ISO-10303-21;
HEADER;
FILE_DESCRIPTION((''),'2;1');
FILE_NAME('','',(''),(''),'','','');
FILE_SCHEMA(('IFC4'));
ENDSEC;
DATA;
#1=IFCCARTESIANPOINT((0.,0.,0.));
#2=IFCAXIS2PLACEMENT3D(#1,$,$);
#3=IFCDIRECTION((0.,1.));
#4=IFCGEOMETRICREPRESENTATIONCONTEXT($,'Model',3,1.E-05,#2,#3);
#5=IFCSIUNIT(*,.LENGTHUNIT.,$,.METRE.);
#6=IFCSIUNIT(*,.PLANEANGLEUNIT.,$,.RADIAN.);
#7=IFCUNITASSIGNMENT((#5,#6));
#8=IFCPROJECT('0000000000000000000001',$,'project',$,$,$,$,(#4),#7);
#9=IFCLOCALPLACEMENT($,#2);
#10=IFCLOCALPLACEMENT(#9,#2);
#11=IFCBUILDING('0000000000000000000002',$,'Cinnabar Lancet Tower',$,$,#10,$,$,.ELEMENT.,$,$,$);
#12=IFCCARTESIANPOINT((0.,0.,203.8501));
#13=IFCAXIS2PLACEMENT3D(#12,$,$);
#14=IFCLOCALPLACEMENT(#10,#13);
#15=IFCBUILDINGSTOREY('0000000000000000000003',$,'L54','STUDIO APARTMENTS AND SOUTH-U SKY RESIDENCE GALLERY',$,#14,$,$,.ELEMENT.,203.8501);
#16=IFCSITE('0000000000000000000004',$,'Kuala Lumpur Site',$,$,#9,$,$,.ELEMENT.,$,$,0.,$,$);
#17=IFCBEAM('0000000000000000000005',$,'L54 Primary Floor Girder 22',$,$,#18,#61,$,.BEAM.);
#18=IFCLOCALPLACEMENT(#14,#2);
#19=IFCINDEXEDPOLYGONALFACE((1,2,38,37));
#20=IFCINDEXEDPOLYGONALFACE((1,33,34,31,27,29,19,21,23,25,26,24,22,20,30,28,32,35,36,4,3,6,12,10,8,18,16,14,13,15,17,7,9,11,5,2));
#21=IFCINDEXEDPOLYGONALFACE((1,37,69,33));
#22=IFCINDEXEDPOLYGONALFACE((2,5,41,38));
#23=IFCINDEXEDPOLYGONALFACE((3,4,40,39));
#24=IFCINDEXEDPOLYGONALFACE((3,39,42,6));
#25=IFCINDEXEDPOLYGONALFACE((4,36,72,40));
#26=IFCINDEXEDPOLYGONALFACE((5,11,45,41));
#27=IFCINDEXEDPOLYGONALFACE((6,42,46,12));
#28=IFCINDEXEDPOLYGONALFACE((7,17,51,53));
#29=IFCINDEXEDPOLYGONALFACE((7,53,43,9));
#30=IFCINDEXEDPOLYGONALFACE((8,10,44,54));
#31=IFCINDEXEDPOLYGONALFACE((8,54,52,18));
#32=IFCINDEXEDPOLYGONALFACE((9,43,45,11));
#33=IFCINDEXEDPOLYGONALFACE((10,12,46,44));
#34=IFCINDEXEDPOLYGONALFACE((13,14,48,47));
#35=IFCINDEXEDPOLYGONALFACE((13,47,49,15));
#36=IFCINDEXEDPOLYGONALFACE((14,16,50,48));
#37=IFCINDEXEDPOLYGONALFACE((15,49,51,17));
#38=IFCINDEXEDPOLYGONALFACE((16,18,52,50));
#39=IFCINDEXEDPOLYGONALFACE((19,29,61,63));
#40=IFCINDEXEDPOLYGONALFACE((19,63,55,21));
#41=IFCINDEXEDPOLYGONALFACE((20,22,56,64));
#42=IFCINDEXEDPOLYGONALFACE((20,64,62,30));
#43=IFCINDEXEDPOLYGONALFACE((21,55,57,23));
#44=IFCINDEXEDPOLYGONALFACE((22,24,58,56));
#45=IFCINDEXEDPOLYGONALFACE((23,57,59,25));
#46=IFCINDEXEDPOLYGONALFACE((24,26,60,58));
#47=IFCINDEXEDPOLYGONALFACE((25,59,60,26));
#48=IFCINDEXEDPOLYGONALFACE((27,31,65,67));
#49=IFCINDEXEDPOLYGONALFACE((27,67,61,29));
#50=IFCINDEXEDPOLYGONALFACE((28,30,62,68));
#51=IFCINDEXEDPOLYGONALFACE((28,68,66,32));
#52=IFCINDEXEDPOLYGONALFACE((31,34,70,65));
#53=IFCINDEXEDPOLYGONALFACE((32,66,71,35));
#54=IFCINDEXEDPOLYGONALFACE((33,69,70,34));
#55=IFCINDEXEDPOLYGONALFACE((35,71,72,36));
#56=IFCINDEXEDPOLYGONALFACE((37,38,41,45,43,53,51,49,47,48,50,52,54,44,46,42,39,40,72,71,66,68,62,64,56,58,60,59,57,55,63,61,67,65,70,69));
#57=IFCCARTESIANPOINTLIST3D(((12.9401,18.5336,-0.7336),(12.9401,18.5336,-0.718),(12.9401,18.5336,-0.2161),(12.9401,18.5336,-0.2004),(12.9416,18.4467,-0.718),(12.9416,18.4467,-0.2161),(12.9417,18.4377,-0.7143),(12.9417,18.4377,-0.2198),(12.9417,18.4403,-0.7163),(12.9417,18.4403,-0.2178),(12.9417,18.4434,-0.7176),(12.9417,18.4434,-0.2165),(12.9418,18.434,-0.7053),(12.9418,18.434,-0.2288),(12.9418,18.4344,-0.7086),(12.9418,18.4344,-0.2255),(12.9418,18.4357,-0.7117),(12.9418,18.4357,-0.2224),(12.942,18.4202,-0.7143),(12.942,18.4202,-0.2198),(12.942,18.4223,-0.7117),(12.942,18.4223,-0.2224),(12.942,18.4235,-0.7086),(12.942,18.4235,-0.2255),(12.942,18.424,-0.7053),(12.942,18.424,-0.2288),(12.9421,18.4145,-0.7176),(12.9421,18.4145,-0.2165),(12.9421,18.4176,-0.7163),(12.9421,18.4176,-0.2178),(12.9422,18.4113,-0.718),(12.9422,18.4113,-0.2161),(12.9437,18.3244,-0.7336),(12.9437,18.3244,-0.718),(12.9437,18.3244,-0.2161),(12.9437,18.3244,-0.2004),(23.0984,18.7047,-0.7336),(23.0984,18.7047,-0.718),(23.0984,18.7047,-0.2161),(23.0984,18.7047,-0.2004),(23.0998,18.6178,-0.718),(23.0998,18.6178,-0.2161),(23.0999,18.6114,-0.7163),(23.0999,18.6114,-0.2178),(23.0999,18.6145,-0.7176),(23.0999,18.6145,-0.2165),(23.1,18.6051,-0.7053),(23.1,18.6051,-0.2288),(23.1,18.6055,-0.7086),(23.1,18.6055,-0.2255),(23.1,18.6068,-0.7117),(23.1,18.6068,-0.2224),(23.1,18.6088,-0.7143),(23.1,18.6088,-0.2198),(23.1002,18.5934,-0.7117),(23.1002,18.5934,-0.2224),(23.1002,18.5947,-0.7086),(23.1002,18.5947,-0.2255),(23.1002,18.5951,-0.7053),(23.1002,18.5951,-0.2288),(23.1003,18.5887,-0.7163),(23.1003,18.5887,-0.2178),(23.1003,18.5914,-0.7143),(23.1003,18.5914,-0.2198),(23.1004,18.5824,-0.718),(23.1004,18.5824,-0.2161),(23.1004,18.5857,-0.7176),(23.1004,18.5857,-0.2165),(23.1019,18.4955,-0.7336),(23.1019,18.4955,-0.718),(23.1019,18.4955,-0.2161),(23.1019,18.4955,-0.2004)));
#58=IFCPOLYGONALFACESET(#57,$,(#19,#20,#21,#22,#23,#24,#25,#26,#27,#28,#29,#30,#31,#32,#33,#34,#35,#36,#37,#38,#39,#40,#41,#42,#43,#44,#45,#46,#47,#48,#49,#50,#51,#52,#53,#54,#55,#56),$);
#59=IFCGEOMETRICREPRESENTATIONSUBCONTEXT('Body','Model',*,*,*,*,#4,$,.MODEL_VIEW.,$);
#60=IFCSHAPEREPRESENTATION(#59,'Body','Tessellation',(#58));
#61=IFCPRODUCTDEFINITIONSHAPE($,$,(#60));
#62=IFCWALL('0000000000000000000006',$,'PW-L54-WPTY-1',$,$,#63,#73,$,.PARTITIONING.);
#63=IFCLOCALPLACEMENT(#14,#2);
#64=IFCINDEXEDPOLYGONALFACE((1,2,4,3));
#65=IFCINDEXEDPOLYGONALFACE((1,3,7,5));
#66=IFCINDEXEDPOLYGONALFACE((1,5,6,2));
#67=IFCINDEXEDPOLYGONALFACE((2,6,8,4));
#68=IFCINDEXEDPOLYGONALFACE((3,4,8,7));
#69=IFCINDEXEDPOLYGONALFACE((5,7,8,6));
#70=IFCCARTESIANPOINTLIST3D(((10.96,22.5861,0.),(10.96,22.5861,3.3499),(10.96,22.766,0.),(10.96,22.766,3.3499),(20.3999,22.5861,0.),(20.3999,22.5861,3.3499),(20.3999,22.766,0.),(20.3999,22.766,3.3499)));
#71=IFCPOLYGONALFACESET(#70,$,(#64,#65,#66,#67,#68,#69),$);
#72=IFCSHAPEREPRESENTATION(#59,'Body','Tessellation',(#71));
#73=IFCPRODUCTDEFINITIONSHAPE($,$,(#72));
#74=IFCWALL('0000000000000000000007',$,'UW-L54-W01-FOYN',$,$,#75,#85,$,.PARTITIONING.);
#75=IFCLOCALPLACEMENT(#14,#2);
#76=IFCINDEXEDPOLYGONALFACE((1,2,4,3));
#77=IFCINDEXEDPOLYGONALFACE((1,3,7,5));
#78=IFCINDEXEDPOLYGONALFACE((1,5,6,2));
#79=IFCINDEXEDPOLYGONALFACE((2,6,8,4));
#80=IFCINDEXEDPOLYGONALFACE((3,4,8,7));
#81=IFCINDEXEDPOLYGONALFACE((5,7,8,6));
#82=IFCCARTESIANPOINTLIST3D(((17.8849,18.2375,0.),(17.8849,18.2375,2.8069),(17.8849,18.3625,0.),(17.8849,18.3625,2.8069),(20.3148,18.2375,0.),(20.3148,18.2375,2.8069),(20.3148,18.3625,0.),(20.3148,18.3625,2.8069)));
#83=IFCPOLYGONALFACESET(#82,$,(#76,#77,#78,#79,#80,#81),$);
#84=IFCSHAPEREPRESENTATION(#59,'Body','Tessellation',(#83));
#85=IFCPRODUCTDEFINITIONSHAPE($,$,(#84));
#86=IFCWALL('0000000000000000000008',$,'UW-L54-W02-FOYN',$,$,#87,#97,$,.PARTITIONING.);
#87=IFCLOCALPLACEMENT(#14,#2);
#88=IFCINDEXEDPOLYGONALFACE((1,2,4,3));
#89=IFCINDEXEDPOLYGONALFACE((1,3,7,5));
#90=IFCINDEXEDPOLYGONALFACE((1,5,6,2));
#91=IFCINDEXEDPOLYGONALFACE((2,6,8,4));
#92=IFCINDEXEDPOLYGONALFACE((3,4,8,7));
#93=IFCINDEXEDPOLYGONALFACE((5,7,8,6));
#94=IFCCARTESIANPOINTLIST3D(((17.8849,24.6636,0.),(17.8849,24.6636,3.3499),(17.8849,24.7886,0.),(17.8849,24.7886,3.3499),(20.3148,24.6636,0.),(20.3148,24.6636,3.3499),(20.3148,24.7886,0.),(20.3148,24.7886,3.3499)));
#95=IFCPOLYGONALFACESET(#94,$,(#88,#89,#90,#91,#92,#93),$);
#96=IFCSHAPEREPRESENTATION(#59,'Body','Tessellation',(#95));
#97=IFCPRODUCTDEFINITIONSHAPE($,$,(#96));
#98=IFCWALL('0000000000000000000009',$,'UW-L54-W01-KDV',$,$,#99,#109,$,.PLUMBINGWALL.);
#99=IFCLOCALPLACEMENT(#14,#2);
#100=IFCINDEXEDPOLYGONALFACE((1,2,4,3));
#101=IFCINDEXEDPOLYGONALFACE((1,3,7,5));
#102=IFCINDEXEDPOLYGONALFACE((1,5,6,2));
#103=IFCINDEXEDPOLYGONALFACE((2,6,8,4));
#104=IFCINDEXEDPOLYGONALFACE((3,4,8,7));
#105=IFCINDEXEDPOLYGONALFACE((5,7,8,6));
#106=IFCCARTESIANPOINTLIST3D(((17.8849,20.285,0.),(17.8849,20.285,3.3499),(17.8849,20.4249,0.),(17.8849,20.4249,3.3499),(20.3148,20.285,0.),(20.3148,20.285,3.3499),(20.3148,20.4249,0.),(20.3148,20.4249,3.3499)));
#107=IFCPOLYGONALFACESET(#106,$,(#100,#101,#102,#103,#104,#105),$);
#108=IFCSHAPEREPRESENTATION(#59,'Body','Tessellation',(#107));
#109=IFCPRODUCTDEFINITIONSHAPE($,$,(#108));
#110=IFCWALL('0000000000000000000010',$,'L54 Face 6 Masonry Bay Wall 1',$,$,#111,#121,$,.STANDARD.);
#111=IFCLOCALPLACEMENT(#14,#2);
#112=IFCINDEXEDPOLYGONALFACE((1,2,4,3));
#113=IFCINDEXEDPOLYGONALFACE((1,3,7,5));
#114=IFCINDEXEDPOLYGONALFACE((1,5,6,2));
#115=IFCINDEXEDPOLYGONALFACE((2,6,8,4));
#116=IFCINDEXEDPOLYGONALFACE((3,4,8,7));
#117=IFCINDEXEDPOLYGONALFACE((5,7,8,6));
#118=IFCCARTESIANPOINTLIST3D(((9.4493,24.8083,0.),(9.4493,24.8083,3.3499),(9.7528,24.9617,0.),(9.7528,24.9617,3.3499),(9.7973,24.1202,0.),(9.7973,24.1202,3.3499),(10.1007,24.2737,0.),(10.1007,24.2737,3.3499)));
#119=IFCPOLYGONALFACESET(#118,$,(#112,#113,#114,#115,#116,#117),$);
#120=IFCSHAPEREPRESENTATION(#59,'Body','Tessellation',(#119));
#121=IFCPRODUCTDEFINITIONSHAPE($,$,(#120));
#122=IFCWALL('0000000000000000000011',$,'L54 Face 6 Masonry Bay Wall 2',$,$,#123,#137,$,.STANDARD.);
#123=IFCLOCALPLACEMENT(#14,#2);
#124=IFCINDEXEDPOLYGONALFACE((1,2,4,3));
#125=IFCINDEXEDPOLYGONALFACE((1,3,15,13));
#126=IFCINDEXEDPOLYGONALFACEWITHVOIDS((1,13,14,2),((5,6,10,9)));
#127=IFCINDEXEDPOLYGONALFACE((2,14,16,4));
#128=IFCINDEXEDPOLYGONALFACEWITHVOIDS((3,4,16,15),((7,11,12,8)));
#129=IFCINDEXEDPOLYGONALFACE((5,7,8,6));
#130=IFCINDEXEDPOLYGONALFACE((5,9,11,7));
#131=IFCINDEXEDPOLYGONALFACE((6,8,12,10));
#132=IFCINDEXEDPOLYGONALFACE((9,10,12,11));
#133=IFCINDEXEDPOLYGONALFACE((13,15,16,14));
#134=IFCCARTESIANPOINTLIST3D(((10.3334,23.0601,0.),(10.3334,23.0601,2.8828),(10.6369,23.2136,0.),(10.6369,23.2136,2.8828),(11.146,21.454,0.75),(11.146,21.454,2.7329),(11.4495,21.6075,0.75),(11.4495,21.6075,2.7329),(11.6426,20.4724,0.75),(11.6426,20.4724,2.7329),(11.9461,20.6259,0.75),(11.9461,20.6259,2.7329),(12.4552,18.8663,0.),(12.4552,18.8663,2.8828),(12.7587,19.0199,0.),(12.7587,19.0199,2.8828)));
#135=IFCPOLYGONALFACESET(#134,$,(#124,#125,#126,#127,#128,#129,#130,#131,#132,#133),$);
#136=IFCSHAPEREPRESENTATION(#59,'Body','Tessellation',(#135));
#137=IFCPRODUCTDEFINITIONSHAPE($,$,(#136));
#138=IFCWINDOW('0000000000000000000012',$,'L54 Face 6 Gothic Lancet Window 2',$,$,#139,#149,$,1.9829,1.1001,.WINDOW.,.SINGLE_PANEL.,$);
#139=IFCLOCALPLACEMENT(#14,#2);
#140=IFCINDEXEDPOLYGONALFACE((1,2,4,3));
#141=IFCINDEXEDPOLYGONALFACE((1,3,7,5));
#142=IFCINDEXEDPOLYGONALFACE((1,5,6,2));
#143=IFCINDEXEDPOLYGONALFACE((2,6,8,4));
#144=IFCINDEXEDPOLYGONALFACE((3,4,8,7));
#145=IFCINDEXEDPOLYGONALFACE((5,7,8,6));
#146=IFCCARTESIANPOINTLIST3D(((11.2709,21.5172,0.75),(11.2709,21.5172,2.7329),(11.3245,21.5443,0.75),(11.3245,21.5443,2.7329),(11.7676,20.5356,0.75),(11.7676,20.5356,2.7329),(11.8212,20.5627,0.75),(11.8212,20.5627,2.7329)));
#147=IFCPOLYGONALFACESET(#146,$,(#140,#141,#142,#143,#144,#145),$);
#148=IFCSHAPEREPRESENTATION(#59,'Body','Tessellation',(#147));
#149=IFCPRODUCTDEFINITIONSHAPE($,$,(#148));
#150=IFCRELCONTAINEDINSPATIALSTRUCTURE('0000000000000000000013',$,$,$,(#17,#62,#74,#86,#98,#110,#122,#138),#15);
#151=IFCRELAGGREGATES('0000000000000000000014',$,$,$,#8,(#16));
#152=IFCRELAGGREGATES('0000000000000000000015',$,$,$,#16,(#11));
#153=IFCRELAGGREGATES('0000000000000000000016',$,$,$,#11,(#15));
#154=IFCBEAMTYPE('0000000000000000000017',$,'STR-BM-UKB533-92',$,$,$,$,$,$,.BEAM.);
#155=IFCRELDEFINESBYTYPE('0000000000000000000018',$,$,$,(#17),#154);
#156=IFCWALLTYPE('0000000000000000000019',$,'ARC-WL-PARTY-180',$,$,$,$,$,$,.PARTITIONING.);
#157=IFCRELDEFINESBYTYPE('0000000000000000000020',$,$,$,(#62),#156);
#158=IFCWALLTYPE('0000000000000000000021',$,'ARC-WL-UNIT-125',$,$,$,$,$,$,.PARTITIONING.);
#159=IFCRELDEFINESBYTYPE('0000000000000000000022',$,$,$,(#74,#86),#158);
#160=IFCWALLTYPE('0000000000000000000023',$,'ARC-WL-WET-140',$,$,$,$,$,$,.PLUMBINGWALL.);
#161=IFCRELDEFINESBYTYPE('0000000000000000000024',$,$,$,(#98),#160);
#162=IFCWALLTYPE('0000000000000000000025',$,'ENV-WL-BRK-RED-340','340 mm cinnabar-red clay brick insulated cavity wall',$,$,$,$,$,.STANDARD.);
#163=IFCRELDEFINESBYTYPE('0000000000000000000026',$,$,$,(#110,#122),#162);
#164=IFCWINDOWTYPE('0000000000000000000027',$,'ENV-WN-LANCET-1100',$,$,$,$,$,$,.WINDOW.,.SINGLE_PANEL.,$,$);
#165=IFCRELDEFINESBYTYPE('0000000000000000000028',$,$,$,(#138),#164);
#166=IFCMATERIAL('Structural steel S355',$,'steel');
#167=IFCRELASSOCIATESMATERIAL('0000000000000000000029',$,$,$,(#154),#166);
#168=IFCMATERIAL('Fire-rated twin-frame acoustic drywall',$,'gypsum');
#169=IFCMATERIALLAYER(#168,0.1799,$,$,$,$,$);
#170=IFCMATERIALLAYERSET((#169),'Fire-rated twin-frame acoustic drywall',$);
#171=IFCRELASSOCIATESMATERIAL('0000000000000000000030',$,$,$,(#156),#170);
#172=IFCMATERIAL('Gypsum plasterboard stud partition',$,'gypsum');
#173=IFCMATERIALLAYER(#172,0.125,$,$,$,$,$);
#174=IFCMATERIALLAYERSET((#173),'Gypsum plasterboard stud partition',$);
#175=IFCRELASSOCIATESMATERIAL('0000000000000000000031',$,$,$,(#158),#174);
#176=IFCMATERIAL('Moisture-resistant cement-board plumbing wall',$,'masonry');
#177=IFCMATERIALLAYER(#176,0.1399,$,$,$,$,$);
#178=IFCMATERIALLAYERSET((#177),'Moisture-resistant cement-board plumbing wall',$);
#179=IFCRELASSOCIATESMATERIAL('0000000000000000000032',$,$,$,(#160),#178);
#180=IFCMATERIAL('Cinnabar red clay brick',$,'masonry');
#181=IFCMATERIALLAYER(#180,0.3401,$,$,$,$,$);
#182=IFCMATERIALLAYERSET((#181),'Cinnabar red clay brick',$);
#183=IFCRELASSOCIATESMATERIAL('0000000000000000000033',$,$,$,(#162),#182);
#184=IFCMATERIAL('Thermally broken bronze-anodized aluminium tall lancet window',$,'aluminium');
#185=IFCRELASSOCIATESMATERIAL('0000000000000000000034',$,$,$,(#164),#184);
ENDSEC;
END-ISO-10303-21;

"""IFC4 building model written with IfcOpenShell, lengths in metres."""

from ifc_helpers import new_model, si_unit, direction, frame, frame_2d, origin, origin_2d, place, context, subcontext, project, spatial, rectangle, i_section, extrude, material, layer, layer_set, material_profile, profile_set, type_object, element, fill, save


model = new_model("IFC4")

# Units and contexts
model_context = context("Model", 3, precision=1e-05, world=origin(), true_north=direction((0.0, 1.0)))
body_context = subcontext(model_context, "Body", "Model", "MODEL_VIEW")
ifc_project = project(units=[si_unit("LENGTHUNIT", "METRE"), si_unit("PLANEANGLEUNIT", "RADIAN")], contexts=[model_context])

# Site, building, storey
site_placement = place(None, origin())
site = spatial("IfcSite", under=ifc_project, at=site_placement, Name="Kuala Lumpur Site", CompositionType="ELEMENT", RefElevation=0.0)
building_placement = place(site_placement, origin())
building = spatial("IfcBuilding", under=site, at=building_placement, Name="Cinnabar Lancet Tower", CompositionType="ELEMENT")
storey_placement = place(building_placement, frame((0.0, 0.0, 203.8501)))
storey = spatial("IfcBuildingStorey", under=building, at=storey_placement, Name="L54", Description="STUDIO APARTMENTS AND SOUTH-U SKY RESIDENCE GALLERY", CompositionType="ELEMENT", Elevation=203.8501)

# Beam
ifc_material_1 = material(Name="Structural steel S355", Category="steel")
ifc_material_profile_1 = material_profile(ifc_material_1, i_section(OverallWidth=0.2092, OverallDepth=0.5332, WebThickness=0.01, FlangeThickness=0.0156, FilletRadius=0.0127, at=origin_2d()), Name="UKB 533x210x92")
ifc_profile_set_1 = profile_set([ifc_material_profile_1], Name="Structural steel S355")
beam_type_1 = type_object("IfcBeamType", Name="STR-BM-UKB533-92", PredefinedType="BEAM", material=ifc_profile_set_1)
beam_1_placement = place(storey_placement, frame((12.9419, 18.429, -0.467), z_axis=(0.999858, 0.016845, 0.0), x_axis=(-0.016845, 0.999858, 0.0)))
element("IfcBeam", 1, at=beam_1_placement, inside=storey, type_object=beam_type_1, Name="L54 Primary Floor Girder 22", PredefinedType="BEAM", context=body_context, shape_type="SweptSolid", body=[
    extrude(i_section(OverallWidth=0.2092, OverallDepth=0.5332, WebThickness=0.01, FlangeThickness=0.0156, FilletRadius=0.0127, at=origin_2d()), origin(), (0.0, 0.0, 1.0), 10.1597),
])

# Walls
ifc_material_2 = material(Name="Fire-rated twin-frame acoustic drywall", Category="gypsum")
ifc_layer_1 = layer(ifc_material_2, 0.1799)
ifc_layer_set_1 = layer_set([ifc_layer_1], Name="Fire-rated twin-frame acoustic drywall")
wall_type_1 = type_object("IfcWallType", Name="ARC-WL-PARTY-180", PredefinedType="PARTITIONING", material=ifc_layer_set_1)
wall_1_placement = place(storey_placement, frame((10.96, 22.676, 0.0), z_axis=(0.0, 0.0, 1.0), x_axis=(1.0, 0.0, 0.0)))
element("IfcWall", 2, at=wall_1_placement, inside=storey, type_object=wall_type_1, Name="PW-L54-WPTY-1", PredefinedType="PARTITIONING", context=body_context, shape_type="SweptSolid", body=[
    extrude(rectangle(XDim=9.4399, YDim=0.1799, at=frame_2d((4.72, 0.0))), origin(), (0.0, 0.0, 1.0), 3.3499),
])
ifc_material_3 = material(Name="Gypsum plasterboard stud partition", Category="gypsum")
ifc_layer_2 = layer(ifc_material_3, 0.125)
ifc_layer_set_2 = layer_set([ifc_layer_2], Name="Gypsum plasterboard stud partition")
wall_type_2 = type_object("IfcWallType", Name="ARC-WL-UNIT-125", PredefinedType="PARTITIONING", material=ifc_layer_set_2)
wall_2_placement = place(storey_placement, frame((17.885, 18.3, 0.0), z_axis=(0.0, 0.0, 1.0), x_axis=(1.0, 0.0, 0.0)))
element("IfcWall", 3, at=wall_2_placement, inside=storey, type_object=wall_type_2, Name="UW-L54-W01-FOYN", PredefinedType="PARTITIONING", context=body_context, shape_type="SweptSolid", body=[
    extrude(rectangle(XDim=2.4299, YDim=0.125, at=frame_2d((1.2148, 0.0))), origin(), (0.0, 0.0, 1.0), 2.8069),
])
wall_3_placement = place(storey_placement, frame((17.885, 24.7261, 0.0), z_axis=(0.0, 0.0, 1.0), x_axis=(1.0, 0.0, 0.0)))
element("IfcWall", 4, at=wall_3_placement, inside=storey, type_object=wall_type_2, Name="UW-L54-W02-FOYN", PredefinedType="PARTITIONING", context=body_context, shape_type="SweptSolid", body=[
    extrude(rectangle(XDim=2.4299, YDim=0.125, at=frame_2d((1.2148, 0.0))), origin(), (0.0, 0.0, 1.0), 3.3499),
])

# Shared definitions
ifc_material_4 = material(Name="Moisture-resistant cement-board plumbing wall", Category="masonry")
ifc_layer_3 = layer(ifc_material_4, 0.1399)
ifc_layer_set_3 = layer_set([ifc_layer_3], Name="Moisture-resistant cement-board plumbing wall")
wall_type_3 = type_object("IfcWallType", Name="ARC-WL-WET-140", PredefinedType="PLUMBINGWALL", material=ifc_layer_set_3)

# Wall
wall_4_placement = place(storey_placement, frame((17.885, 20.355, 0.0), z_axis=(0.0, 0.0, 1.0), x_axis=(1.0, 0.0, 0.0)))
element("IfcWall", 5, at=wall_4_placement, inside=storey, type_object=wall_type_3, Name="UW-L54-W01-KDV", PredefinedType="PLUMBINGWALL", context=body_context, shape_type="SweptSolid", body=[
    extrude(rectangle(XDim=2.4299, YDim=0.1399, at=frame_2d((1.2148, 0.0))), origin(), (0.0, 0.0, 1.0), 3.3499),
])

# Wall
ifc_material_5 = material(Name="Cinnabar red clay brick", Category="masonry")
ifc_layer_4 = layer(ifc_material_5, 0.3401)
ifc_layer_set_4 = layer_set([ifc_layer_4], Name="Cinnabar red clay brick")
wall_type_4 = type_object("IfcWallType", Name="ENV-WL-BRK-RED-340", Description="340 mm cinnabar-red clay brick insulated cavity wall", PredefinedType="STANDARD", material=ifc_layer_set_4)
wall_5_placement = place(storey_placement, frame((9.6011, 24.885, 0.0), z_axis=(0.0, 0.0, 1.0), x_axis=(0.451262, -0.892391, 0.0)))
element("IfcWall", 6, at=wall_5_placement, inside=storey, type_object=wall_type_4, Name="L54 Face 6 Masonry Bay Wall 1", PredefinedType="STANDARD", context=body_context, shape_type="SweptSolid", body=[
    extrude(rectangle(XDim=0.771, YDim=0.3401, at=frame_2d((0.3855, 0.0))), origin(), (0.0, 0.0, 1.0), 3.3499),
])

# Wall, opening, window
wall_6_placement = place(storey_placement, frame((10.4851, 23.137, 0.0), z_axis=(0.0, 0.0, 1.0), x_axis=(0.451447, -0.892298, 0.0)))
wall_6 = element("IfcWall", 7, at=wall_6_placement, inside=storey, type_object=wall_type_4, Name="L54 Face 6 Masonry Bay Wall 2", PredefinedType="STANDARD", context=body_context, shape_type="SweptSolid", body=[
    extrude(rectangle(XDim=4.7, YDim=0.3401, at=frame_2d((2.3501, 0.0))), origin(), (0.0, 0.0, 1.0), 2.8828),
])
opening_1_placement = place(wall_6_placement, frame((1.8, 0.0, 0.75)))
opening_1 = element("IfcOpeningElement", 8, at=opening_1_placement, cuts=wall_6, PredefinedType="OPENING", context=body_context, shape_type="SweptSolid", body=[
    extrude(rectangle(XDim=1.1001, YDim=1.9829, at=frame_2d((0.55, 0.9915))), frame((0.0, 0.1799, 0.0), z_axis=(0.0, -1.0, 0.0), x_axis=(1.0, 0.0, 0.0)), (0.0, 0.0, 1.0), 0.3601),
])
ifc_material_6 = material(Name="Thermally broken bronze-anodized aluminium tall lancet window", Category="aluminium")
window_type_1 = type_object("IfcWindowType", Name="ENV-WN-LANCET-1100", PartitioningType="SINGLE_PANEL", PredefinedType="WINDOW", material=ifc_material_6)
window_1_placement = place(opening_1_placement, origin())
window_1 = element("IfcWindow", 9, at=window_1_placement, inside=storey, type_object=window_type_1, Name="L54 Face 6 Gothic Lancet Window 2", OverallHeight=1.9829, OverallWidth=1.1001, PartitioningType="SINGLE_PANEL", PredefinedType="WINDOW", context=body_context, shape_type="SweptSolid", body=[
    extrude(rectangle(XDim=1.1001, YDim=1.9829, at=frame_2d((0.55, 0.9915))), frame((0.0, 0.03, 0.0), z_axis=(0.0, -1.0, 0.0), x_axis=(1.0, 0.0, 0.0)), (0.0, 0.0, 1.0), 0.0601),
])
fill(opening_1, window_1)

save(model, "model.ifc")
